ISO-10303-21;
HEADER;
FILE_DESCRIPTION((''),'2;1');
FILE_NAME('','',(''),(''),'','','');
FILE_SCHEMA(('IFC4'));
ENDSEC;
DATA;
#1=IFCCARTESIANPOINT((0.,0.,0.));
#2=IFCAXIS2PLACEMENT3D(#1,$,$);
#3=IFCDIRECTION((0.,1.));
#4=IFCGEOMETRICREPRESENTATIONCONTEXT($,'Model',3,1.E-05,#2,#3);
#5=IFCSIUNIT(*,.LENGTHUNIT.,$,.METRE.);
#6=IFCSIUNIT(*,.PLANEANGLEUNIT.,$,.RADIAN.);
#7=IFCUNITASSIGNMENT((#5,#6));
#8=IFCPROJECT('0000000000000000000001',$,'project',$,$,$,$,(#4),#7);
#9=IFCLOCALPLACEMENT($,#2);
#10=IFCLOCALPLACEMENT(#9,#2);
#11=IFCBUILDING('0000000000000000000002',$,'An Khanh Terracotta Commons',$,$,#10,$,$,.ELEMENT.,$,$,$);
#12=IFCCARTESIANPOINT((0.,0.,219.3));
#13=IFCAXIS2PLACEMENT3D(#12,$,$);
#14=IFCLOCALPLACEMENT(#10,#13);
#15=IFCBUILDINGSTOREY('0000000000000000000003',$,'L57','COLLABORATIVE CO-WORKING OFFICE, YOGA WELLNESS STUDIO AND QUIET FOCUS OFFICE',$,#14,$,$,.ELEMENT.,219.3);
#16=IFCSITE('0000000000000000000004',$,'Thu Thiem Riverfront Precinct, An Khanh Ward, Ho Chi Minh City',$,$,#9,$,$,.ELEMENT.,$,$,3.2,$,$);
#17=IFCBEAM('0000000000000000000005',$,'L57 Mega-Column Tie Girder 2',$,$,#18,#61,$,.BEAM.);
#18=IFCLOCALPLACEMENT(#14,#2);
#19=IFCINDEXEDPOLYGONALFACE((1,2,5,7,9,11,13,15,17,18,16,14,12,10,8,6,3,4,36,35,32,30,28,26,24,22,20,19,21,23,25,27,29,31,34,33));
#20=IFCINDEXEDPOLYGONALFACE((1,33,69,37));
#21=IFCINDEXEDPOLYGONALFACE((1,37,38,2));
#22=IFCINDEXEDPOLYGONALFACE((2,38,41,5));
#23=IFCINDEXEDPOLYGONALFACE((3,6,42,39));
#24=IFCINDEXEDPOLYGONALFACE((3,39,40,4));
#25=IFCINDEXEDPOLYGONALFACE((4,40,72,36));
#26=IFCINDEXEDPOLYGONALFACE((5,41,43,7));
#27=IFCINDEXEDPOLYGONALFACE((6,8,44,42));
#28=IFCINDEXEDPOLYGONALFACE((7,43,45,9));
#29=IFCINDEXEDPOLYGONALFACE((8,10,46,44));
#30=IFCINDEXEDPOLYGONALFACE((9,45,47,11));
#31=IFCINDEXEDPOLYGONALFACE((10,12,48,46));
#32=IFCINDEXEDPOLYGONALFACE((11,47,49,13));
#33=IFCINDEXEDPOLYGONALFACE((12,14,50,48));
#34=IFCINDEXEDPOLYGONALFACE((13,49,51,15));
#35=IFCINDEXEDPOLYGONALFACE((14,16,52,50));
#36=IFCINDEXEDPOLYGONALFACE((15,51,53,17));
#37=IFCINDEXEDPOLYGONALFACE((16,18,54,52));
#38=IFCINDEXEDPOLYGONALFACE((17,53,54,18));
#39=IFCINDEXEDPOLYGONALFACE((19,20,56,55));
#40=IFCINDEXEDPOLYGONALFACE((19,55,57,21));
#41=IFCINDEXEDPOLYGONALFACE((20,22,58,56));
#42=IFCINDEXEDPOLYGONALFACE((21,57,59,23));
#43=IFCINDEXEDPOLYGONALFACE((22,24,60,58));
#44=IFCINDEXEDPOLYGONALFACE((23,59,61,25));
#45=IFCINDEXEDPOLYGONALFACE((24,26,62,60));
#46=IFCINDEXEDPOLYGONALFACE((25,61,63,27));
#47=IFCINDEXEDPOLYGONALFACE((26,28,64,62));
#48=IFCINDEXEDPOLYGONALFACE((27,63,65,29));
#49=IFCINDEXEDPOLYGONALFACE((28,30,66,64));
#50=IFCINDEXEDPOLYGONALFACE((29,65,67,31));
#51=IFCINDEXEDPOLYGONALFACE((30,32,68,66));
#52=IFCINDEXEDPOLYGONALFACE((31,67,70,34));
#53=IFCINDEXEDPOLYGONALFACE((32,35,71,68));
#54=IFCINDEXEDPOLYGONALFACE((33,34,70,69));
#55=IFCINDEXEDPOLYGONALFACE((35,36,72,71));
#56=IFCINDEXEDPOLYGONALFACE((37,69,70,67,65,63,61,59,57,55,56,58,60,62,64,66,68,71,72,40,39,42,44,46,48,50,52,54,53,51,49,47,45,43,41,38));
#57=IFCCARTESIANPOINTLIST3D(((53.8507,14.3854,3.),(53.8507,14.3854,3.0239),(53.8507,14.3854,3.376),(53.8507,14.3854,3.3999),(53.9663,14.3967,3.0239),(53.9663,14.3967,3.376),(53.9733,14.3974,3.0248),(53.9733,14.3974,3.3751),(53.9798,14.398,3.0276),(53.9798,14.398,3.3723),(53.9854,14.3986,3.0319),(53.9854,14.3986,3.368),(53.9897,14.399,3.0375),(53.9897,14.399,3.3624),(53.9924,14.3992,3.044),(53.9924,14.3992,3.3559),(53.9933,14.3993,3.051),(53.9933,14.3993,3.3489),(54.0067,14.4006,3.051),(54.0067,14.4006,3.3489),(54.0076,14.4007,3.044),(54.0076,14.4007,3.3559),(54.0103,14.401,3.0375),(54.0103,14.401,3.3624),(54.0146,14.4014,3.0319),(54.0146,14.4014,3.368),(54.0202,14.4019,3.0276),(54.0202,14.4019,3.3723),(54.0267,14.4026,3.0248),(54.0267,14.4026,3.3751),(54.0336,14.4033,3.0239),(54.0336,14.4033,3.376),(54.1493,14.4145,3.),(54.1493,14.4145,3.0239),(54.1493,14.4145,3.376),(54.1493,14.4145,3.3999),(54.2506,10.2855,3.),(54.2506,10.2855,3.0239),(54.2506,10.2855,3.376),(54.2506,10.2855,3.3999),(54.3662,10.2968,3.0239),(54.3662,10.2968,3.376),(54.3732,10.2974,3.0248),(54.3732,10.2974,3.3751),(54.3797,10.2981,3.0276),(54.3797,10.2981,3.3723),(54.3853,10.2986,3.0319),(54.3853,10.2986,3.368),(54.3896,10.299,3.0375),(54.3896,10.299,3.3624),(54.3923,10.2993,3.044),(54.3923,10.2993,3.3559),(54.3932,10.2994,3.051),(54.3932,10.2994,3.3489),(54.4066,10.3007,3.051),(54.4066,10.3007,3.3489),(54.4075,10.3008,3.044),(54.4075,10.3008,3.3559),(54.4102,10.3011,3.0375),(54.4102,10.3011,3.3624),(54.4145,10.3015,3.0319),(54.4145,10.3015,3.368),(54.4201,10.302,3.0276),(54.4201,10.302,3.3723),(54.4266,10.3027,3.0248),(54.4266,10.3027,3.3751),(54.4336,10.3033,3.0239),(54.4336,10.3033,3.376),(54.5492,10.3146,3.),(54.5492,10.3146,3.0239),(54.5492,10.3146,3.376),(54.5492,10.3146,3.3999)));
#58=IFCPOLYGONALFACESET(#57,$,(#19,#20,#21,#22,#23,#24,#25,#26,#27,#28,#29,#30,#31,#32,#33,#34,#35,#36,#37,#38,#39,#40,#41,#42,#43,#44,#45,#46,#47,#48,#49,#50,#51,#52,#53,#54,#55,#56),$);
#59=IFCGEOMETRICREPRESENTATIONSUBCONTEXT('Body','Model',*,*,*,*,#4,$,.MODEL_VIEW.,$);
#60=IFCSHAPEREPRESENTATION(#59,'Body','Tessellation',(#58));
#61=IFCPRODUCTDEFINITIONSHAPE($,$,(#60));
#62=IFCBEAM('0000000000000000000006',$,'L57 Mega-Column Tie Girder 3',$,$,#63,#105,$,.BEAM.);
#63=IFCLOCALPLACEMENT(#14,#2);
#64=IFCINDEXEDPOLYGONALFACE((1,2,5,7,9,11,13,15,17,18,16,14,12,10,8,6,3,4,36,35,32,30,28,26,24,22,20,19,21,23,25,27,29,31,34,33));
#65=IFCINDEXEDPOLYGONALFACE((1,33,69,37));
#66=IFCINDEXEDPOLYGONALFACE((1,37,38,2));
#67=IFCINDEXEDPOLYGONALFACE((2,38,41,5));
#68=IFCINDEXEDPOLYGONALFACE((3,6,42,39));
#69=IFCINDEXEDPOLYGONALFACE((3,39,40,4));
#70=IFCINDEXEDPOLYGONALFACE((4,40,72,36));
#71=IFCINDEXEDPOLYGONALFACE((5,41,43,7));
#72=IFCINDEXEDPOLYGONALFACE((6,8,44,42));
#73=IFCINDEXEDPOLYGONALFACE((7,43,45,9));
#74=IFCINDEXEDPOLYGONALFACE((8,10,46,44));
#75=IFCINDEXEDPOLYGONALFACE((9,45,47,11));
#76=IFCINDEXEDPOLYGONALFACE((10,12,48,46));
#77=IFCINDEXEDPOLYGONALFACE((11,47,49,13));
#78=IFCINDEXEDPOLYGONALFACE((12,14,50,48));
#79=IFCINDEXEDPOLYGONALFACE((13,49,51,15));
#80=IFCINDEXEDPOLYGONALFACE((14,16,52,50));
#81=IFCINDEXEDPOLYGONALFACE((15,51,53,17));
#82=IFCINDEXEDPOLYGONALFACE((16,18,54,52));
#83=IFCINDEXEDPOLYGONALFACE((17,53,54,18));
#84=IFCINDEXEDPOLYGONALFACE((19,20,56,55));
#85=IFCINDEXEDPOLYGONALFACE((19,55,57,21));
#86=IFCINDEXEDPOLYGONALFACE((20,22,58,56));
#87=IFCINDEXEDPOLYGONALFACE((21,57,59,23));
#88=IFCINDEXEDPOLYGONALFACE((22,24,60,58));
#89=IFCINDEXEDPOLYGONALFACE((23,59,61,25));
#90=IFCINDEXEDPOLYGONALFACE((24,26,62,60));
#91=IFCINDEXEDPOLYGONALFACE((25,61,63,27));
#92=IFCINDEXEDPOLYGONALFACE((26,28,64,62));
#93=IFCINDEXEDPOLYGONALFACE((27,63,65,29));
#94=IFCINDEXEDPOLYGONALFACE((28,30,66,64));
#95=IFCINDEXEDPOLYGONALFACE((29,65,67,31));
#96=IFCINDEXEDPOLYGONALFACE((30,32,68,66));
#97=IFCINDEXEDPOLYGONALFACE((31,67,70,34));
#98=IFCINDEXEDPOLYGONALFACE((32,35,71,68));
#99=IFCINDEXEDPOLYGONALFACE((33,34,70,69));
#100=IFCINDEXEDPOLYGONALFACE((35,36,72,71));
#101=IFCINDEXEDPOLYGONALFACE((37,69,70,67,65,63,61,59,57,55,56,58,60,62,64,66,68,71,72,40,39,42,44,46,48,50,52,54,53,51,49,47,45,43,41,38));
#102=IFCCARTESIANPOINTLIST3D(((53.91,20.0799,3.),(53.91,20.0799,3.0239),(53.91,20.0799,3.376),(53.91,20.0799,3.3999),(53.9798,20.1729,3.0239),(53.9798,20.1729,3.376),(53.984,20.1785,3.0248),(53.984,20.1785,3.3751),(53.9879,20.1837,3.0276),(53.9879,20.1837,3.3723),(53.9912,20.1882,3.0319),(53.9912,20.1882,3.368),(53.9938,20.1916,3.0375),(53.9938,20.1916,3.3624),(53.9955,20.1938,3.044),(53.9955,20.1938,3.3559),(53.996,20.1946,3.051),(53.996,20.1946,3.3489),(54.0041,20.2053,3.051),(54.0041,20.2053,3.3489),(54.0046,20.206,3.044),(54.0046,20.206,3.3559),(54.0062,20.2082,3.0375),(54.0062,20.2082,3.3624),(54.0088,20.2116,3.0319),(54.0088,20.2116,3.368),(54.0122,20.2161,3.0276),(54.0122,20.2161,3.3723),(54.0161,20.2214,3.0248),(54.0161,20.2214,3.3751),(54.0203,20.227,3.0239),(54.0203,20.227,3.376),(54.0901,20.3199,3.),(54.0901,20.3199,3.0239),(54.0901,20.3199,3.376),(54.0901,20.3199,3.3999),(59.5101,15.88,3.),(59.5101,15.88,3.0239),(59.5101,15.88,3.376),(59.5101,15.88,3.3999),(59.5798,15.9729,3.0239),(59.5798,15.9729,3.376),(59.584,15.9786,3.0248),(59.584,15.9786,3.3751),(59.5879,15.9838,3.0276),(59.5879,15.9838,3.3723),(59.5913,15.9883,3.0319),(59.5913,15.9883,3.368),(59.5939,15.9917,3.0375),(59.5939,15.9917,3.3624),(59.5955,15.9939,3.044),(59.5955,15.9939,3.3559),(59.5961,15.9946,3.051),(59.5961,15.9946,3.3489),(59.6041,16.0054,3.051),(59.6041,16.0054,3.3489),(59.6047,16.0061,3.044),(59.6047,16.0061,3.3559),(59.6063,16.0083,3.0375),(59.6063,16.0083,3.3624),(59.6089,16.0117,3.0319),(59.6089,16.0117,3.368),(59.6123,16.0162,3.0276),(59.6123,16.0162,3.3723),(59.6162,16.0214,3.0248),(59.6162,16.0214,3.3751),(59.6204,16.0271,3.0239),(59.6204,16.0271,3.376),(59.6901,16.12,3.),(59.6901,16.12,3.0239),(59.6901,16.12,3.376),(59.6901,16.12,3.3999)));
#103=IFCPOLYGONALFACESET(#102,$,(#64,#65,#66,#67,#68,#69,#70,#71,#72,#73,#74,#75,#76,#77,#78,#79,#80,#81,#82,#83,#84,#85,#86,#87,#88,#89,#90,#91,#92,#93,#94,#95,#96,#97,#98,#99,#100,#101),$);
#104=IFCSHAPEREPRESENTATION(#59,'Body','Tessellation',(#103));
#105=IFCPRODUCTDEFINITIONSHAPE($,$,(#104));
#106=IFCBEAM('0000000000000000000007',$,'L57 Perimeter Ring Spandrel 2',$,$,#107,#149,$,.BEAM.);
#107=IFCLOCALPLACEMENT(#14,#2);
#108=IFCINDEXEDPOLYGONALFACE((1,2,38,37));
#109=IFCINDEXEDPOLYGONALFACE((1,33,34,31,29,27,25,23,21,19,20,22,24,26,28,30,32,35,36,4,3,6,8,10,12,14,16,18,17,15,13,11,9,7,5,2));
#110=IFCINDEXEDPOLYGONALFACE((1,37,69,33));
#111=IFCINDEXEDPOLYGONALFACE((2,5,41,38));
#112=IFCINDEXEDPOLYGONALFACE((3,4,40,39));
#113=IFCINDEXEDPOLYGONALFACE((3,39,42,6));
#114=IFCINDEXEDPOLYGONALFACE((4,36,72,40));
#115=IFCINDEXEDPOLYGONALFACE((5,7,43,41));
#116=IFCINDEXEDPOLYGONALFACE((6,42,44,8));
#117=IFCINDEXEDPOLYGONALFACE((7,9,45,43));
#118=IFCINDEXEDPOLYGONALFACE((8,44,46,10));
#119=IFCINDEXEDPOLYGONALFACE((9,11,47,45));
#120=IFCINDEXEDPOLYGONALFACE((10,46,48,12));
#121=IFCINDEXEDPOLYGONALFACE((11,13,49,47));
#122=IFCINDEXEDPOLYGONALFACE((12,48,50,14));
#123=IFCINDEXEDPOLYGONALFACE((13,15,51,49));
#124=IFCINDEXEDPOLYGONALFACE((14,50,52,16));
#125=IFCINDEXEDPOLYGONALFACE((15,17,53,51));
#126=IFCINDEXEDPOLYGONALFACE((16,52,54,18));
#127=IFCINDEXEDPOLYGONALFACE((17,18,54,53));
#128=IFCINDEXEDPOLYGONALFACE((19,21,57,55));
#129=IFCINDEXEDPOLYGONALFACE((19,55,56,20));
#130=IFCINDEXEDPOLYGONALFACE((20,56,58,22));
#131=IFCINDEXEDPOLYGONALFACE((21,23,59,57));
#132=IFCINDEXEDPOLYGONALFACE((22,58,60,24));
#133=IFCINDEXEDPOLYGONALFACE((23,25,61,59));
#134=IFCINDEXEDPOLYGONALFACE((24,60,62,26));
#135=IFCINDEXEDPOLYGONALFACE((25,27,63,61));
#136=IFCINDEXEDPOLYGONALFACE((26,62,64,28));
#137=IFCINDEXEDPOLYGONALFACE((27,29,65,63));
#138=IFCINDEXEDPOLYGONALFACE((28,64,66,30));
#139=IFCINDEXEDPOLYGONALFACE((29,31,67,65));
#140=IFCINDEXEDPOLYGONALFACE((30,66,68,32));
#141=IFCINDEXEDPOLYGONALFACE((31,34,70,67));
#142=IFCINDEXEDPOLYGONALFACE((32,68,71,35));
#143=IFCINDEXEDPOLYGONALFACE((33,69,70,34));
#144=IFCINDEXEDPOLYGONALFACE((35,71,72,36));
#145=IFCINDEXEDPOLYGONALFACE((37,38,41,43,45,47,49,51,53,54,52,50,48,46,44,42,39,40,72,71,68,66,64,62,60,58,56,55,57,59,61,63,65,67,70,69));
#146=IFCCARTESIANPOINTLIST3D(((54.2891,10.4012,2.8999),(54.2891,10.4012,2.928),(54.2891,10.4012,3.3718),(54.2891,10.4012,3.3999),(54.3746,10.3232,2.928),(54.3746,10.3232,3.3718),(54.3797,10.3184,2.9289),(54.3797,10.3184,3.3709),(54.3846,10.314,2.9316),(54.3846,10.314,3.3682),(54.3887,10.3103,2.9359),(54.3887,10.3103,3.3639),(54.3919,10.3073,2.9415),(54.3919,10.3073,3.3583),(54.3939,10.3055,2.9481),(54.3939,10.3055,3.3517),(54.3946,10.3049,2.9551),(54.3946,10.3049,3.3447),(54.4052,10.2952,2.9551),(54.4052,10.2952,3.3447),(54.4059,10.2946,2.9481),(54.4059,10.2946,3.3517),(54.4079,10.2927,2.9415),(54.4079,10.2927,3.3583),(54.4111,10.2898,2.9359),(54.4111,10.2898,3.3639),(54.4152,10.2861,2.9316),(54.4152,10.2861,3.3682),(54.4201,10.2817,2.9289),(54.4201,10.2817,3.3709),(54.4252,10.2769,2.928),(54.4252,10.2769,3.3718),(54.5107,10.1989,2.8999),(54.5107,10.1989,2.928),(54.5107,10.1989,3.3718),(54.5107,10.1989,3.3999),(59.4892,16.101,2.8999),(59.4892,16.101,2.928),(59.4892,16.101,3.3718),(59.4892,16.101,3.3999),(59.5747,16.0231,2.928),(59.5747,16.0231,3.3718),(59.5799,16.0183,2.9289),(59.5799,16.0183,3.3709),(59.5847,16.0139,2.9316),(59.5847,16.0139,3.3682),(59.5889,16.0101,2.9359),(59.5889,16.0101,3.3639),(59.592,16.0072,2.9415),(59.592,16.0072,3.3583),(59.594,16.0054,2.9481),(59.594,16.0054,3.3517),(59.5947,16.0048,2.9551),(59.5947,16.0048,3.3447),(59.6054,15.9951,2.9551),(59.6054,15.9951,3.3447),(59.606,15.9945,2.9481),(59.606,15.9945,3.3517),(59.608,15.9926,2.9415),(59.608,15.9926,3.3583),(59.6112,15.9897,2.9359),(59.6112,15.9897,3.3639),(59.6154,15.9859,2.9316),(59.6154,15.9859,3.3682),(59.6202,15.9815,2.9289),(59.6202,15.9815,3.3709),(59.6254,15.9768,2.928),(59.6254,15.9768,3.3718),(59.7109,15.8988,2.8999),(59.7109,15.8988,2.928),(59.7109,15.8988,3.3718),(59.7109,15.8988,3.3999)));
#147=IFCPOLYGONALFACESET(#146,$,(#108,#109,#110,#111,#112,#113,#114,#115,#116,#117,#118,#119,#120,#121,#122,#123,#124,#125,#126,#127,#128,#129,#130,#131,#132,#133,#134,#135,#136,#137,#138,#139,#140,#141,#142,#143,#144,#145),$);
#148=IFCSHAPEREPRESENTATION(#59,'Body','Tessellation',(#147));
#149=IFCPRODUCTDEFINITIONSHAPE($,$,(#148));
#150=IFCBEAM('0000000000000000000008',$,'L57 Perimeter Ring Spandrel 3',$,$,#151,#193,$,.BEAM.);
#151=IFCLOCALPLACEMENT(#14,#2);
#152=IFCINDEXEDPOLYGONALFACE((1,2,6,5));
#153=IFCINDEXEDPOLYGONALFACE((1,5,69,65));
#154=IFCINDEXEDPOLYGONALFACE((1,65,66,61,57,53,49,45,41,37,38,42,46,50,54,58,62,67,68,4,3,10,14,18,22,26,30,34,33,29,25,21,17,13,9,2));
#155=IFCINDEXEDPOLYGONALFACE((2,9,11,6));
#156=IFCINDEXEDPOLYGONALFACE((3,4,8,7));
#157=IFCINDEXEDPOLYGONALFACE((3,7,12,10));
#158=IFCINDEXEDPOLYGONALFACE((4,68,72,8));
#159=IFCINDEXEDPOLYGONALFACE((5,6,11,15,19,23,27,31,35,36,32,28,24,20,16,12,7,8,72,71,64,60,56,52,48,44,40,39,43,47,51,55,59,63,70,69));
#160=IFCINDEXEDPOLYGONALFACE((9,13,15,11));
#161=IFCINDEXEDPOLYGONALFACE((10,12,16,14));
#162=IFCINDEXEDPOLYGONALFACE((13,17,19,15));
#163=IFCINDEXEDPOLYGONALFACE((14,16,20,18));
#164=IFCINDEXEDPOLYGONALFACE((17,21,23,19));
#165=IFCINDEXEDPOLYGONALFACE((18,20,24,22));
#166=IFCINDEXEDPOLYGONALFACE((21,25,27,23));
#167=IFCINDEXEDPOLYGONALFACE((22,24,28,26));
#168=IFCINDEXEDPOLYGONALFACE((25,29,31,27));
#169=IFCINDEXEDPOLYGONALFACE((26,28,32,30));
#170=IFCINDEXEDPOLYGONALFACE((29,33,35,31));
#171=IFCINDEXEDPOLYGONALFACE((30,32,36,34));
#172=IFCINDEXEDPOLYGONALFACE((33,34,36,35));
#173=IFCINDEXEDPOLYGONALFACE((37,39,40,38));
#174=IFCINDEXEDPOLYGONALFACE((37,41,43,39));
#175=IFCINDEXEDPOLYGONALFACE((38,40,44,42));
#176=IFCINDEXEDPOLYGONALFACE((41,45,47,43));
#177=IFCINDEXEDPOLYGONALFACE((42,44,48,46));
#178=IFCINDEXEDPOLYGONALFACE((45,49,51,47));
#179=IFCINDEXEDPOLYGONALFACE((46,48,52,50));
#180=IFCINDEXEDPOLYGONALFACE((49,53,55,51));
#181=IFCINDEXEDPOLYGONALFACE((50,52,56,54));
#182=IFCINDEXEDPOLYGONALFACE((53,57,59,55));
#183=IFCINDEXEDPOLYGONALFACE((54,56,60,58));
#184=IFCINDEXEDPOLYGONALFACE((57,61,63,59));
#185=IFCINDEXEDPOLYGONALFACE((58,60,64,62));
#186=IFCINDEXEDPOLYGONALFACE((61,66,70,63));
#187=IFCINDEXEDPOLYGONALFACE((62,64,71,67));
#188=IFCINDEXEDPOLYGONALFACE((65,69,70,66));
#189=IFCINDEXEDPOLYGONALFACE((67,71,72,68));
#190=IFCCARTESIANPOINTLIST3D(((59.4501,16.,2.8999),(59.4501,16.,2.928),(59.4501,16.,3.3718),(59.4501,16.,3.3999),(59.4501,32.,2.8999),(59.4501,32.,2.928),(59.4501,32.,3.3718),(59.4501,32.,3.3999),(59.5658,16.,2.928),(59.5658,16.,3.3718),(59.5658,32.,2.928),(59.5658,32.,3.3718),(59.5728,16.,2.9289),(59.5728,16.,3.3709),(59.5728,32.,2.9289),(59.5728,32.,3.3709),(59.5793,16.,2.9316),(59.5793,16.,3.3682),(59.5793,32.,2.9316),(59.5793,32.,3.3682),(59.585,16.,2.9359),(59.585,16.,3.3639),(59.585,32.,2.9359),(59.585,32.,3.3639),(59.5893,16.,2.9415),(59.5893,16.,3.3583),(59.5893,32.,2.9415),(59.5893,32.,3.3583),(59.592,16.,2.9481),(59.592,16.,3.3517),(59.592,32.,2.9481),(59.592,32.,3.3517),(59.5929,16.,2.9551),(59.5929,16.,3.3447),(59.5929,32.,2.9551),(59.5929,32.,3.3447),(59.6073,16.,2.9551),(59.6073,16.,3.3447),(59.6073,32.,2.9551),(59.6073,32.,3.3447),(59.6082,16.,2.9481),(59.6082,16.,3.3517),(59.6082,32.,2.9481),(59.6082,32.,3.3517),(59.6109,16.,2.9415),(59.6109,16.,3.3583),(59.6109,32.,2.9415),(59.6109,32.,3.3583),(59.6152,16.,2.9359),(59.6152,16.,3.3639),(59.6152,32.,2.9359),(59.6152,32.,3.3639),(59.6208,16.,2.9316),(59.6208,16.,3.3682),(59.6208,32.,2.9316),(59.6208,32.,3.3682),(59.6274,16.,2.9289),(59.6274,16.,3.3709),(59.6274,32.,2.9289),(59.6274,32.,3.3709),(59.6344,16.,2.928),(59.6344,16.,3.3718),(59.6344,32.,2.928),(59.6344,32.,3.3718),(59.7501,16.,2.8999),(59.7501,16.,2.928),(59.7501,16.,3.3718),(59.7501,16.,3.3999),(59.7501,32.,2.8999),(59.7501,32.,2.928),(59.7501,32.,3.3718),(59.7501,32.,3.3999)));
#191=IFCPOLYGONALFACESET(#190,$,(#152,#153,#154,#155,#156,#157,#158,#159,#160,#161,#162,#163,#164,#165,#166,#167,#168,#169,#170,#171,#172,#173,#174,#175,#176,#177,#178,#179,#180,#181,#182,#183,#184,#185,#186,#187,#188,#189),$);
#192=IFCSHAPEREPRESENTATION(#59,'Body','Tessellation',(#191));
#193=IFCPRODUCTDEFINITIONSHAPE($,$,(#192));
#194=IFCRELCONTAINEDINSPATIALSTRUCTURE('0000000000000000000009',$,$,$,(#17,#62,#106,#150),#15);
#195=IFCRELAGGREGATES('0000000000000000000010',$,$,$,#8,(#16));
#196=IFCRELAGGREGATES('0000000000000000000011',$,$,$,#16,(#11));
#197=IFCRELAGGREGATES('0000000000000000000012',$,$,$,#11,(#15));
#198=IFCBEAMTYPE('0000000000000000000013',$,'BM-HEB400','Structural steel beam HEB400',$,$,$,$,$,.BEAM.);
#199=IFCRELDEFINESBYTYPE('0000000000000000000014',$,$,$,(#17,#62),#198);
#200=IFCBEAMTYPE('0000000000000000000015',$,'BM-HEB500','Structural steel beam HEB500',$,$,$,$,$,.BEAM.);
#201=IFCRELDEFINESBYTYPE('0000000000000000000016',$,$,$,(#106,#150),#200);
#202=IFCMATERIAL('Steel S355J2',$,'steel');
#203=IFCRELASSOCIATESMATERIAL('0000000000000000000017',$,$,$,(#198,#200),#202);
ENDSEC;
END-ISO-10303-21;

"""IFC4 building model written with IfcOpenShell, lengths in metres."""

from ifc_helpers import new_model, si_unit, direction, frame, origin, origin_2d, place, context, subcontext, project, spatial, i_section, extrude, material, material_profile, profile_set, type_object, element, save


model = new_model("IFC4")

# Units and contexts
model_context = context("Model", 3, precision=1e-05, world=origin(), true_north=direction((0.0, 1.0)))
body_context = subcontext(model_context, "Body", "Model", "MODEL_VIEW")
ifc_project = project(units=[si_unit("LENGTHUNIT", "METRE"), si_unit("PLANEANGLEUNIT", "RADIAN")], contexts=[model_context])

# Site, building, storey
site_placement = place(None, origin())
site = spatial("IfcSite", under=ifc_project, at=site_placement, Name="Thu Thiem Riverfront Precinct, An Khanh Ward, Ho Chi Minh City", CompositionType="ELEMENT", RefElevation=3.2)
building_placement = place(site_placement, origin())
building = spatial("IfcBuilding", under=site, at=building_placement, Name="An Khanh Terracotta Commons", CompositionType="ELEMENT")
storey_placement = place(building_placement, frame((0.0, 0.0, 219.3)))
storey = spatial("IfcBuildingStorey", under=building, at=storey_placement, Name="L57", Description="COLLABORATIVE CO-WORKING OFFICE, YOGA WELLNESS STUDIO AND QUIET FOCUS OFFICE", CompositionType="ELEMENT", Elevation=219.3)

# Beams
ifc_material_1 = material(Name="Steel S355J2", Category="steel")
ifc_material_profile_1 = material_profile(ifc_material_1, i_section(OverallWidth=0.3, OverallDepth=0.3999, WebThickness=0.0134, FlangeThickness=0.0239, FilletRadius=0.0271, at=origin_2d()), Name="HEB400")
ifc_profile_set_1 = profile_set([ifc_material_profile_1], Name="Steel S355J2")
beam_type_1 = type_object("IfcBeamType", Name="BM-HEB400", Description="Structural steel beam HEB400", PredefinedType="BEAM", material=ifc_profile_set_1)
beam_1_placement = place(storey_placement, frame((54.3999, 10.3, 3.2), z_axis=(-0.09708, 0.995277, 0.0), x_axis=(-0.995277, -0.09708, 0.0)))
element("IfcBeam", 1, at=beam_1_placement, inside=storey, type_object=beam_type_1, Name="L57 Mega-Column Tie Girder 2", PredefinedType="BEAM", context=body_context, shape_type="SweptSolid", body=[
    extrude(i_section(OverallWidth=0.3, OverallDepth=0.3999, WebThickness=0.0134, FlangeThickness=0.0239, FilletRadius=0.0271, at=origin_2d()), origin(), (0.0, 0.0, 1.0), 4.1194),
])
beam_2_placement = place(storey_placement, frame((59.6001, 16.0, 3.2), z_axis=(-0.800008, 0.599989, 0.0), x_axis=(-0.599989, -0.800008, 0.0)))
element("IfcBeam", 2, at=beam_2_placement, inside=storey, type_object=beam_type_1, Name="L57 Mega-Column Tie Girder 3", PredefinedType="BEAM", context=body_context, shape_type="SweptSolid", body=[
    extrude(i_section(OverallWidth=0.3, OverallDepth=0.3999, WebThickness=0.0134, FlangeThickness=0.0239, FilletRadius=0.0271, at=origin_2d()), origin(), (0.0, 0.0, 1.0), 7.0),
])
ifc_material_profile_2 = material_profile(ifc_material_1, i_section(OverallWidth=0.3, OverallDepth=0.5, WebThickness=0.0144, FlangeThickness=0.0281, FilletRadius=0.0271, at=origin_2d()), Name="HEB500")
ifc_profile_set_2 = profile_set([ifc_material_profile_2], Name="Steel S355J2")
beam_type_2 = type_object("IfcBeamType", Name="BM-HEB500", Description="Structural steel beam HEB500", PredefinedType="BEAM", material=ifc_profile_set_2)
beam_3_placement = place(storey_placement, frame((54.3999, 10.3, 3.1499), z_axis=(0.673979, 0.738751, 0.0), x_axis=(-0.738751, 0.673979, 0.0)))
element("IfcBeam", 3, at=beam_3_placement, inside=storey, type_object=beam_type_2, Name="L57 Perimeter Ring Spandrel 2", PredefinedType="BEAM", context=body_context, shape_type="SweptSolid", body=[
    extrude(i_section(OverallWidth=0.3, OverallDepth=0.5, WebThickness=0.0144, FlangeThickness=0.0281, FilletRadius=0.0271, at=origin_2d()), origin(), (0.0, 0.0, 1.0), 7.7156),
])
beam_4_placement = place(storey_placement, frame((59.6001, 16.0, 3.1499), z_axis=(0.0, 1.0, 0.0), x_axis=(-1.0, 0.0, 0.0)))
element("IfcBeam", 4, at=beam_4_placement, inside=storey, type_object=beam_type_2, Name="L57 Perimeter Ring Spandrel 3", PredefinedType="BEAM", context=body_context, shape_type="SweptSolid", body=[
    extrude(i_section(OverallWidth=0.3, OverallDepth=0.5, WebThickness=0.0144, FlangeThickness=0.0281, FilletRadius=0.0271, at=origin_2d()), origin(), (0.0, 0.0, 1.0), 16.0),
])

save(model, "model.ifc")
